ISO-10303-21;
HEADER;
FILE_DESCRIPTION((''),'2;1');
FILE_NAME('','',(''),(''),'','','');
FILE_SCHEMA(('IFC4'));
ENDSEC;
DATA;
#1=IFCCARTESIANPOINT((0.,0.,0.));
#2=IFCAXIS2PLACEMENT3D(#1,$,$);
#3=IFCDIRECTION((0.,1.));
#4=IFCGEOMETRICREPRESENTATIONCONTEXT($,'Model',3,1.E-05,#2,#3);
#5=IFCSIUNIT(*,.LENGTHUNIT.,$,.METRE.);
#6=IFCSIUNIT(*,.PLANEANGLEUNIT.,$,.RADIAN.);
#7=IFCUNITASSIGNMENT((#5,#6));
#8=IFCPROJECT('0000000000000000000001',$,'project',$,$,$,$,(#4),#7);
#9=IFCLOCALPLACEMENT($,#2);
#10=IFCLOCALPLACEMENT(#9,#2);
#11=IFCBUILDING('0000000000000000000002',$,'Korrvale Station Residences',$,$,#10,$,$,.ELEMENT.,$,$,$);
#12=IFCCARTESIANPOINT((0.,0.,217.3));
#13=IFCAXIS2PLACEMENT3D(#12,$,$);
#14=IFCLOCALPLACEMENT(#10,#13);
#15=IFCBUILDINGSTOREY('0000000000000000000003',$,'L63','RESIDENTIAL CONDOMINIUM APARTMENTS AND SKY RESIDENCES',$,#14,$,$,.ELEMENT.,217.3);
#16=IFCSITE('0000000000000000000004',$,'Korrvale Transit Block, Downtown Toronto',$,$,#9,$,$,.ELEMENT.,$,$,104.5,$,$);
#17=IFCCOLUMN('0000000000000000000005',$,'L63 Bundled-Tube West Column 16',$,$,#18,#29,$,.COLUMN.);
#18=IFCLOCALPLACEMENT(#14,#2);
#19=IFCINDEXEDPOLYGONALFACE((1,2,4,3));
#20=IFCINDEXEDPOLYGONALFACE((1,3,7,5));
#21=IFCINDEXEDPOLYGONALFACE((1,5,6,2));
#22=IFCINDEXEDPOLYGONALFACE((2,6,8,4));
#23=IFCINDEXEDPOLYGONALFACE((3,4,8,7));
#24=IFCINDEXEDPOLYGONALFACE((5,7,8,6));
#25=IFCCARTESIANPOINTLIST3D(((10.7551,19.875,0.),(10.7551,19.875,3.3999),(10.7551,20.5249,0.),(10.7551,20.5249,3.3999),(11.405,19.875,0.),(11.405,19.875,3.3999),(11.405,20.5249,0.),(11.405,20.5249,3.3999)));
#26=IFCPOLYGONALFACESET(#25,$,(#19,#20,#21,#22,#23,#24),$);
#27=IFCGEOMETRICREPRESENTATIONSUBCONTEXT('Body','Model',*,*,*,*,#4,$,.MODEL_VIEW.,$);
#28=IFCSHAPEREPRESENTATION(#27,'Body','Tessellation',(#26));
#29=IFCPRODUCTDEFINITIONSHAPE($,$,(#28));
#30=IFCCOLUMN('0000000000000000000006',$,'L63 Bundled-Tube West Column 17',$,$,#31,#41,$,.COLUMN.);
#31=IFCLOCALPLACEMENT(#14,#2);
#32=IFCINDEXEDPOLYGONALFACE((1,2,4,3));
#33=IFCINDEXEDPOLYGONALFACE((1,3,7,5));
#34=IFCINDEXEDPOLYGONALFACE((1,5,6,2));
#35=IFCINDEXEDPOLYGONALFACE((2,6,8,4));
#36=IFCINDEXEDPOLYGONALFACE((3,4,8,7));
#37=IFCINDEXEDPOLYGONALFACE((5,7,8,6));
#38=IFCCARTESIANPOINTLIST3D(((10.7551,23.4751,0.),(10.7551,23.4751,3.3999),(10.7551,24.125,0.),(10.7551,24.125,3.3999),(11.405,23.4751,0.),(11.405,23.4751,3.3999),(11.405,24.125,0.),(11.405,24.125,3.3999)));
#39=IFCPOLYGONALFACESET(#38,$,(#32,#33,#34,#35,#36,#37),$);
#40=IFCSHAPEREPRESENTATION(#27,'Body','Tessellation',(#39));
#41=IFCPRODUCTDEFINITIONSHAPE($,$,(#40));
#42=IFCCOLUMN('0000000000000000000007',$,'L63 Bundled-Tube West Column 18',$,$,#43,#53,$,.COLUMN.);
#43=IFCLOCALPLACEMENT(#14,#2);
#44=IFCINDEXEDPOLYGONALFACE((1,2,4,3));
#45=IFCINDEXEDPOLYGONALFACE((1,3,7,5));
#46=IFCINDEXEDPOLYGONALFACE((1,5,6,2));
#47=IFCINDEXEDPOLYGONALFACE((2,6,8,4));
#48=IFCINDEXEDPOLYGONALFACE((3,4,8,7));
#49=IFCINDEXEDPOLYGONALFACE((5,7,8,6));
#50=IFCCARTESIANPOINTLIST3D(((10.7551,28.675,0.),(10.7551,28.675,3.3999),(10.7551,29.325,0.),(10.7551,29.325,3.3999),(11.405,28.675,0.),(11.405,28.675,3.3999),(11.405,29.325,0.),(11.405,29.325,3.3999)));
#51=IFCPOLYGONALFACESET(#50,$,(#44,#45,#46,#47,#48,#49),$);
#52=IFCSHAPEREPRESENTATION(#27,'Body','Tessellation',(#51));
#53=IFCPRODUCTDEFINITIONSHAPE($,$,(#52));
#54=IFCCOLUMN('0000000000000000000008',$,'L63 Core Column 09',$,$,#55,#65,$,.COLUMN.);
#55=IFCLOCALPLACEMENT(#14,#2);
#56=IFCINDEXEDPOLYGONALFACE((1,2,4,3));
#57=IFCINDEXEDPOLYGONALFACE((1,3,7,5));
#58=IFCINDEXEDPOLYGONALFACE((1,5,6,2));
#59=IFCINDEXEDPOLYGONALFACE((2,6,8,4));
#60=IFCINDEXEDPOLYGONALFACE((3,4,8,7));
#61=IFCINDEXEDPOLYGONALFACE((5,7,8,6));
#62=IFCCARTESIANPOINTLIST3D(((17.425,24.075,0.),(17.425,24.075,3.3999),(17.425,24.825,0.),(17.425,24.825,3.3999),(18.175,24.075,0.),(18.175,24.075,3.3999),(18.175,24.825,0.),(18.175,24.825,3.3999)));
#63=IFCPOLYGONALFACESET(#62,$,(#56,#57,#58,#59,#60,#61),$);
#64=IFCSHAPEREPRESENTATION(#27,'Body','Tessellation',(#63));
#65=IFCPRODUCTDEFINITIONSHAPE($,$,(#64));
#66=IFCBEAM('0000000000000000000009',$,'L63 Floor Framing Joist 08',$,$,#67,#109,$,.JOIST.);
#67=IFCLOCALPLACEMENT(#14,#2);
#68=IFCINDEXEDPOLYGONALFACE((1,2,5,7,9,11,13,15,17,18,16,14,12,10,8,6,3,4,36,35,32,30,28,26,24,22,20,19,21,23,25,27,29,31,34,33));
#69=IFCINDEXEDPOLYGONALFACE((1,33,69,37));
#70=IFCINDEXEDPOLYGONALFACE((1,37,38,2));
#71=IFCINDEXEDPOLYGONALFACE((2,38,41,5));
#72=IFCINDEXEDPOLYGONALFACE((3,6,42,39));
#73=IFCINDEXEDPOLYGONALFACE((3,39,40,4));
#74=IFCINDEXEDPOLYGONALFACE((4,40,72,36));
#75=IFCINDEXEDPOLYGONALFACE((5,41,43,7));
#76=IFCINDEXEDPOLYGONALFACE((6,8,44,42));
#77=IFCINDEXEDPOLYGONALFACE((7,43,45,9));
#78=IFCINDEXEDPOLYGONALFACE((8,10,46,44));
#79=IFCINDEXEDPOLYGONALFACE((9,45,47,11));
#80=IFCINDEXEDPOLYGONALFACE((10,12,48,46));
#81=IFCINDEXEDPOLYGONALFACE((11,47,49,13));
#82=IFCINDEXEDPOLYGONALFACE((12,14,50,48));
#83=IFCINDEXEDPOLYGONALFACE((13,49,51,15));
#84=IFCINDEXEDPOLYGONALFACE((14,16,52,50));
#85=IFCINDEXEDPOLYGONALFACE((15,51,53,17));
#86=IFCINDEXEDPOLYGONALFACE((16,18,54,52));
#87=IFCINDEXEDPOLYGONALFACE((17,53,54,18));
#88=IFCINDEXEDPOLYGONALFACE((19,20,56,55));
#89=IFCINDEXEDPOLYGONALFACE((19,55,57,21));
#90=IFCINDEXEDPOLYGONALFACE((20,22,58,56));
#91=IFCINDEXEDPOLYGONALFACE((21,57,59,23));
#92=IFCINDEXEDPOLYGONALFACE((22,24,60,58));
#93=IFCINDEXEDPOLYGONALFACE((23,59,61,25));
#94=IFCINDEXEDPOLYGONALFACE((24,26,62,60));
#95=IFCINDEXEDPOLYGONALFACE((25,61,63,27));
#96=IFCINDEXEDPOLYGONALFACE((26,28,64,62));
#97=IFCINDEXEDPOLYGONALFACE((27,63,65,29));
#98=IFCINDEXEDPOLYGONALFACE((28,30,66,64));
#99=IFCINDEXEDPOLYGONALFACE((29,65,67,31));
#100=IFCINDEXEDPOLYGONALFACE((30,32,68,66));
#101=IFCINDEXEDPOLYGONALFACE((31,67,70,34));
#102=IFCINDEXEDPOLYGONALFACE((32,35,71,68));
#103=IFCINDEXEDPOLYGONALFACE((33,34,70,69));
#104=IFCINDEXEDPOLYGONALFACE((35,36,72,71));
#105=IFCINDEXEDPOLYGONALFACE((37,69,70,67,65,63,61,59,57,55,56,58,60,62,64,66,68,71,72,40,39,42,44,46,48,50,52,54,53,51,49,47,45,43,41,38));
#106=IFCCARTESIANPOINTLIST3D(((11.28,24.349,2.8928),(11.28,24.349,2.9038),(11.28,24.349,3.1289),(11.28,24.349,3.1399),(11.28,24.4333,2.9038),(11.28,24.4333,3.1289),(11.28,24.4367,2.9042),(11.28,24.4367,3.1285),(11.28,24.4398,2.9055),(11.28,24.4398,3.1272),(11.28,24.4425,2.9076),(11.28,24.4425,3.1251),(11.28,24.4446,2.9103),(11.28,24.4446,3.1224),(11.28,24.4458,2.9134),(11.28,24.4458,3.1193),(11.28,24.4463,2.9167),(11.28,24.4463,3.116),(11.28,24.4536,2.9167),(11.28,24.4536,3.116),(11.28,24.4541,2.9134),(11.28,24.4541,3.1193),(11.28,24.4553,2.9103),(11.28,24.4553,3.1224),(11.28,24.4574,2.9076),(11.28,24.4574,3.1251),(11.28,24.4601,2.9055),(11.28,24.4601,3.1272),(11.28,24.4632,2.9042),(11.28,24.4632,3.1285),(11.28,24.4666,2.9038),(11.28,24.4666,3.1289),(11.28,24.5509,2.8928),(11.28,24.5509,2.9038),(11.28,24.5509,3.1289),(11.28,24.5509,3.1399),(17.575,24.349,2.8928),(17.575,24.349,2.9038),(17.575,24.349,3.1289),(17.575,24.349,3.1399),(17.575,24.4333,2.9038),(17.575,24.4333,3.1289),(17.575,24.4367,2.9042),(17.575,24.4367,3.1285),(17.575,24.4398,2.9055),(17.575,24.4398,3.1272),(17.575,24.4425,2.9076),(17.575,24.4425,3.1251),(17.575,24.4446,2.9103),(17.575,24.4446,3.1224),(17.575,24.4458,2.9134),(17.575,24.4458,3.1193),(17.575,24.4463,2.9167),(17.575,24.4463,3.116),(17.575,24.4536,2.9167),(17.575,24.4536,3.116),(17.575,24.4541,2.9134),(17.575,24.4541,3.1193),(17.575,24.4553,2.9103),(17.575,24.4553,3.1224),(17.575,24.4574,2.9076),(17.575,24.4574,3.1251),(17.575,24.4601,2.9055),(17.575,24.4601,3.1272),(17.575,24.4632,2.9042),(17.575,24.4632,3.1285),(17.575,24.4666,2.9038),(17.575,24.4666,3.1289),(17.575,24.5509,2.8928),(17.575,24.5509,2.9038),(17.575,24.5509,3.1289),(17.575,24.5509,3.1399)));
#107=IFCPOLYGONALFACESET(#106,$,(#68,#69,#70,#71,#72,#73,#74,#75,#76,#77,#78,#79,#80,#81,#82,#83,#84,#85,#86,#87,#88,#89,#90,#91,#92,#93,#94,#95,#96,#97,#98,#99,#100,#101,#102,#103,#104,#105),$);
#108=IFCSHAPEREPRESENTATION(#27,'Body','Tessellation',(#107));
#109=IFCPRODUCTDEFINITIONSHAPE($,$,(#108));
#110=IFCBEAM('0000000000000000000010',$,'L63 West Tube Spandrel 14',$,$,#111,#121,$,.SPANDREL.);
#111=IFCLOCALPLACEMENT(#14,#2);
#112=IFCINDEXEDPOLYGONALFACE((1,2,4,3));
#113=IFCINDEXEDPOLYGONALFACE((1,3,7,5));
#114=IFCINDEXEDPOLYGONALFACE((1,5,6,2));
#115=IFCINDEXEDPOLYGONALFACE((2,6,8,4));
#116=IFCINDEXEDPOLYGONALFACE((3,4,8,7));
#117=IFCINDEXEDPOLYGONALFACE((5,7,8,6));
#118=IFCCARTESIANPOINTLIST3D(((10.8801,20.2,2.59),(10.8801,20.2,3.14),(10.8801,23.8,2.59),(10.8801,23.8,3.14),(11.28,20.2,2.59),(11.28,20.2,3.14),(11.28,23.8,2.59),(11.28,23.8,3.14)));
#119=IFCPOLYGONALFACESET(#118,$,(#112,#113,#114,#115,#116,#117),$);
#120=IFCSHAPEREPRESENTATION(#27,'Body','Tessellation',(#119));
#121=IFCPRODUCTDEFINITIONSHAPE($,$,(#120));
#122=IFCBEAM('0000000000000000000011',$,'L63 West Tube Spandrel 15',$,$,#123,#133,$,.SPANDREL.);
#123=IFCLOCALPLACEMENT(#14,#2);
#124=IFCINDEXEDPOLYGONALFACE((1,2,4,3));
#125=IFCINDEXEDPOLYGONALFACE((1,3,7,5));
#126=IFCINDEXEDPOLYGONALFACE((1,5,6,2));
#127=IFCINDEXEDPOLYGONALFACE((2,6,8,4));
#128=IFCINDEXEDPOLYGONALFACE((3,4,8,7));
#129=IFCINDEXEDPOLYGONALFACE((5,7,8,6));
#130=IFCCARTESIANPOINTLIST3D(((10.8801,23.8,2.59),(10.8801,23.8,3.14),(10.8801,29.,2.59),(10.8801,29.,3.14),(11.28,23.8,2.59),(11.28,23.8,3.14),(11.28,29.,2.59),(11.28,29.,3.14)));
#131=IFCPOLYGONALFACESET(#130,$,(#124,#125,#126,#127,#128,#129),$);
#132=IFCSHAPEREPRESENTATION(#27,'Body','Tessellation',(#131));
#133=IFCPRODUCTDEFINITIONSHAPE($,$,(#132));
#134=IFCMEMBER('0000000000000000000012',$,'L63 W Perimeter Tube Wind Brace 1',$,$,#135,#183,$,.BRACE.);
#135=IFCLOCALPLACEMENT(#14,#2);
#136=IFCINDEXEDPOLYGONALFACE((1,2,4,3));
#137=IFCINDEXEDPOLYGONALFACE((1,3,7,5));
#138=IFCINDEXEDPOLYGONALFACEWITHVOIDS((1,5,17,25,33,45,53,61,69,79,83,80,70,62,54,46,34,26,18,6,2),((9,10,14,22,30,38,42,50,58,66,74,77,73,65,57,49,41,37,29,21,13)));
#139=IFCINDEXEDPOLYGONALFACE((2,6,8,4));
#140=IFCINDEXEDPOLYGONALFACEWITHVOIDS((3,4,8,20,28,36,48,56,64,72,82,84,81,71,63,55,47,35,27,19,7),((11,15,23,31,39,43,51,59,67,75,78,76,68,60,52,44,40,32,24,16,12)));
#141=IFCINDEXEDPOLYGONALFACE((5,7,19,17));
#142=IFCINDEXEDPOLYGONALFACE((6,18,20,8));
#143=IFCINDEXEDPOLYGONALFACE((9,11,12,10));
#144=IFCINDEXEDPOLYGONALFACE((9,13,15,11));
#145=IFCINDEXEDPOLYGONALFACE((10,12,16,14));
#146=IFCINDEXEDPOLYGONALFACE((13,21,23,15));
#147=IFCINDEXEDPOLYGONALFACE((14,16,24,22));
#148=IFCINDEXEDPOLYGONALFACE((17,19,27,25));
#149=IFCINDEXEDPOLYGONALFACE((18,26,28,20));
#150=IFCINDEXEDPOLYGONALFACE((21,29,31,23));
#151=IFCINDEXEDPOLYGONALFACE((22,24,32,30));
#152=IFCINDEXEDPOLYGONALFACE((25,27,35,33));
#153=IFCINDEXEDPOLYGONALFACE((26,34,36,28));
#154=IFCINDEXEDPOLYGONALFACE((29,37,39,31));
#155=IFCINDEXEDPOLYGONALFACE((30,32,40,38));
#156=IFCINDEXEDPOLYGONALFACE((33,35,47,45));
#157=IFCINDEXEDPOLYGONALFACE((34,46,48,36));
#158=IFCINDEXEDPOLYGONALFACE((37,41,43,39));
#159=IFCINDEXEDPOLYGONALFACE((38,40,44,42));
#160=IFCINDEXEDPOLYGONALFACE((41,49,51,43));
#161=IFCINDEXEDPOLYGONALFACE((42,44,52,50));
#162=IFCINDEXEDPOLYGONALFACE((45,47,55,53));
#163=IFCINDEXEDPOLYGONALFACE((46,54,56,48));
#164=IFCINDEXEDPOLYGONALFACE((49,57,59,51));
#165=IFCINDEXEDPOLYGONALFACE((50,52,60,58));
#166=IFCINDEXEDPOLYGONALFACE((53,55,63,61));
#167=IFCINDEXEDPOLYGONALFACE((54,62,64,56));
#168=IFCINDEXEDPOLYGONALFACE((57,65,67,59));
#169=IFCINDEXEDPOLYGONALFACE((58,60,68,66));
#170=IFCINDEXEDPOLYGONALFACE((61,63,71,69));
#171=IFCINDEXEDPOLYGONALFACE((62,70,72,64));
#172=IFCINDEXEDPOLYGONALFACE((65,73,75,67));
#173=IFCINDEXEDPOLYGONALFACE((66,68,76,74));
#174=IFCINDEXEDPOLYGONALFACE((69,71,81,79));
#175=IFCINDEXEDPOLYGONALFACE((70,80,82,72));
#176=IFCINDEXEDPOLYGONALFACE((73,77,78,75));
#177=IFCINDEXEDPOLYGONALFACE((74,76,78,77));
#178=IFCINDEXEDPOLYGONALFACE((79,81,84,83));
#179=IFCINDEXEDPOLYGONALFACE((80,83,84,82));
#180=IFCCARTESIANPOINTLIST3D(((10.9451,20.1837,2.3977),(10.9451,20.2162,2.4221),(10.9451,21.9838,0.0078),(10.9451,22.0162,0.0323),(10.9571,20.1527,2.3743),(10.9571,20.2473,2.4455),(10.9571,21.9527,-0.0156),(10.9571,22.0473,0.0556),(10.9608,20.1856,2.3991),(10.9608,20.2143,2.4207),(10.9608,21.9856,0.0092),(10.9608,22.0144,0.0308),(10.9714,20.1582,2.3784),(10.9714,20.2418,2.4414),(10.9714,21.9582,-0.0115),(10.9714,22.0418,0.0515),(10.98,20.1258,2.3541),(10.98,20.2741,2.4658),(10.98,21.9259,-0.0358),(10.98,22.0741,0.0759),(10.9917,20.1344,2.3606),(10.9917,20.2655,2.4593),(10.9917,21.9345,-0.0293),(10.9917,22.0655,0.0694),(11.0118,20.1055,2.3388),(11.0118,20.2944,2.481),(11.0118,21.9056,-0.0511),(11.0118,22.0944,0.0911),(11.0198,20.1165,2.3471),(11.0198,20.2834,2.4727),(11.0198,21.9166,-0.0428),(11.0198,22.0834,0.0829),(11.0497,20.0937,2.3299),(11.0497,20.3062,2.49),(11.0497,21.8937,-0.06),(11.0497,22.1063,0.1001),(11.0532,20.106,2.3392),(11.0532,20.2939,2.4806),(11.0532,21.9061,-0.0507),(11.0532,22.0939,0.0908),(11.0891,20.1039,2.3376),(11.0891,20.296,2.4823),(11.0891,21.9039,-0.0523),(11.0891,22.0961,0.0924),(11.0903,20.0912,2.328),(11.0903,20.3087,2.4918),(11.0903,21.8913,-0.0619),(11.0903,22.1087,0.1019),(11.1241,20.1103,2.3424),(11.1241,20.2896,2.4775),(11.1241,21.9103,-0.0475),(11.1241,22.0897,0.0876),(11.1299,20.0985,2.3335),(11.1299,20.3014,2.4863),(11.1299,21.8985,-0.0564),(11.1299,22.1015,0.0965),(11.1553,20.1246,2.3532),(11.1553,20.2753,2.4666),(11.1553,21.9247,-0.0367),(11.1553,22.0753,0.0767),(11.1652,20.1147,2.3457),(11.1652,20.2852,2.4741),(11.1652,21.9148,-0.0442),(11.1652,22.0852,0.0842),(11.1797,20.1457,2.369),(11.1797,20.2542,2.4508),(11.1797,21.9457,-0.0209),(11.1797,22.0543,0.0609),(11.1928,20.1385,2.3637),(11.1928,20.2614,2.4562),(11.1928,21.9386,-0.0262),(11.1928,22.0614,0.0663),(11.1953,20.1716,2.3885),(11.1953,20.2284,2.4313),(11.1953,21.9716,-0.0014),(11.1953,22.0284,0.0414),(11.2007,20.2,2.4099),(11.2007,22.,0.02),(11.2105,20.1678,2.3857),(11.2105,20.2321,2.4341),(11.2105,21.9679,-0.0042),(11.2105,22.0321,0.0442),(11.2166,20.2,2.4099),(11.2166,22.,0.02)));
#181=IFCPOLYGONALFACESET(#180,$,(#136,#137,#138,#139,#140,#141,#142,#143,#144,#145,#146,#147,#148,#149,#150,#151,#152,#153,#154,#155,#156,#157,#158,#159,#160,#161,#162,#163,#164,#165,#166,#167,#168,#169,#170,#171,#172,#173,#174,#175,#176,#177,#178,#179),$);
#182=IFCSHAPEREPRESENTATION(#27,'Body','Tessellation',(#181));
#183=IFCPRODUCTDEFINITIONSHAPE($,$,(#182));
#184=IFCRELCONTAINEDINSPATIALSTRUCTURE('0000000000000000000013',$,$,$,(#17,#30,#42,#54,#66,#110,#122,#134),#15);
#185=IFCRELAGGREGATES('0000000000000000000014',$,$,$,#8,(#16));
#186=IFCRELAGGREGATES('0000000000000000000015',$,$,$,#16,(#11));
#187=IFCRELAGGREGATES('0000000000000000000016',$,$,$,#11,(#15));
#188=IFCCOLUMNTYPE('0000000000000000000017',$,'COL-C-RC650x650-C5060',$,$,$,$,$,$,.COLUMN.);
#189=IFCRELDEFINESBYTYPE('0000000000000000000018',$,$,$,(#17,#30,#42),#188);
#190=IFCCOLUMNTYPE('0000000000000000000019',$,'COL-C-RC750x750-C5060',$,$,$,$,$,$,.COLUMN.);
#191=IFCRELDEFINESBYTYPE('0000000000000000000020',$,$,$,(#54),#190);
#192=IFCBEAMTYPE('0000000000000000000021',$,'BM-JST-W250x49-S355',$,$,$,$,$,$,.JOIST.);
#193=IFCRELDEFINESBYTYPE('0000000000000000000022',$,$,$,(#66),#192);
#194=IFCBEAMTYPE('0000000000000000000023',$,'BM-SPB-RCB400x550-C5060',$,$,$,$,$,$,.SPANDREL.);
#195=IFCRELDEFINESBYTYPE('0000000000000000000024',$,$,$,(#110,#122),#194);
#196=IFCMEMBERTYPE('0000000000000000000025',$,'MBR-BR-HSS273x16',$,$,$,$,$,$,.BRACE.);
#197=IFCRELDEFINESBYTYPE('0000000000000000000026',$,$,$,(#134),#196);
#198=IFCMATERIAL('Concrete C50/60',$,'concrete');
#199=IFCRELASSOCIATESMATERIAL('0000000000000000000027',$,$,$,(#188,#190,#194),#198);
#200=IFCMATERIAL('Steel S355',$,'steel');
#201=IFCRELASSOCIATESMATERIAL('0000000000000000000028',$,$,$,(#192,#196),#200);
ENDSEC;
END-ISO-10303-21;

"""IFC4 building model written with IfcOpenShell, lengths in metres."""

from ifc_helpers import new_model, si_unit, direction, frame, origin, origin_2d, place, context, subcontext, project, spatial, rectangle, hollow_circle, i_section, extrude, material, material_profile, profile_set, type_object, element, save


model = new_model("IFC4")

# Units and contexts
model_context = context("Model", 3, precision=1e-05, world=origin(), true_north=direction((0.0, 1.0)))
body_context = subcontext(model_context, "Body", "Model", "MODEL_VIEW")
ifc_project = project(units=[si_unit("LENGTHUNIT", "METRE"), si_unit("PLANEANGLEUNIT", "RADIAN")], contexts=[model_context])

# Site, building, storey
site_placement = place(None, origin())
site = spatial("IfcSite", under=ifc_project, at=site_placement, Name="Korrvale Transit Block, Downtown Toronto", CompositionType="ELEMENT", RefElevation=104.5)
building_placement = place(site_placement, origin())
building = spatial("IfcBuilding", under=site, at=building_placement, Name="Korrvale Station Residences", CompositionType="ELEMENT")
storey_placement = place(building_placement, frame((0.0, 0.0, 217.3)))
storey = spatial("IfcBuildingStorey", under=building, at=storey_placement, Name="L63", Description="RESIDENTIAL CONDOMINIUM APARTMENTS AND SKY RESIDENCES", CompositionType="ELEMENT", Elevation=217.3)

# Columns
ifc_material_1 = material(Name="Concrete C50/60", Category="concrete")
ifc_material_profile_1 = material_profile(ifc_material_1, rectangle(XDim=0.6499, YDim=0.6499, at=origin_2d()), Name="RC650x650")
ifc_profile_set_1 = profile_set([ifc_material_profile_1], Name="Concrete C50/60")
column_type_1 = type_object("IfcColumnType", Name="COL-C-RC650x650-C5060", PredefinedType="COLUMN", material=ifc_profile_set_1)
for number, where, z_axis, x_axis, name in (
    (1, (11.0801, 20.2, 0.0), (0.0, 0.0, 1.0), (1.0, 0.0, 0.0), "L63 Bundled-Tube West Column 16"),
    (2, (11.0801, 23.8, 0.0), (0.0, 0.0, 1.0), (1.0, 0.0, 0.0), "L63 Bundled-Tube West Column 17"),
    (3, (11.0801, 29.0, 0.0), (0.0, 0.0, 1.0), (1.0, 0.0, 0.0), "L63 Bundled-Tube West Column 18"),
):
    element("IfcColumn", number, at=place(storey_placement, frame(where, z_axis=z_axis, x_axis=x_axis)), inside=storey, type_object=column_type_1, Name=name, PredefinedType="COLUMN", context=body_context, shape_type="SweptSolid", body=[
        extrude(rectangle(XDim=0.6499, YDim=0.6499, at=origin_2d()), origin(), (0.0, 0.0, 1.0), 3.3999),
    ])
ifc_material_profile_2 = material_profile(ifc_material_1, rectangle(XDim=0.75, YDim=0.75, at=origin_2d()), Name="RC750x750")
ifc_profile_set_2 = profile_set([ifc_material_profile_2], Name="Concrete C50/60")
column_type_2 = type_object("IfcColumnType", Name="COL-C-RC750x750-C5060", PredefinedType="COLUMN", material=ifc_profile_set_2)
column_placement = place(storey_placement, frame((17.8, 24.45, 0.0), z_axis=(0.0, 0.0, 1.0), x_axis=(1.0, 0.0, 0.0)))
element("IfcColumn", 4, at=column_placement, inside=storey, type_object=column_type_2, Name="L63 Core Column 09", PredefinedType="COLUMN", context=body_context, shape_type="SweptSolid", body=[
    extrude(rectangle(XDim=0.75, YDim=0.75, at=origin_2d()), origin(), (0.0, 0.0, 1.0), 3.3999),
])

# Beams
ifc_material_2 = material(Name="Steel S355", Category="steel")
ifc_material_profile_3 = material_profile(ifc_material_2, i_section(OverallWidth=0.2019, OverallDepth=0.2471, WebThickness=0.0073, FlangeThickness=0.011, FilletRadius=0.0129, at=origin_2d()), Name="W250x49")
ifc_profile_set_3 = profile_set([ifc_material_profile_3], Name="Steel S355")
beam_type_1 = type_object("IfcBeamType", Name="BM-JST-W250x49-S355", PredefinedType="JOIST", material=ifc_profile_set_3)
beam_1_placement = place(storey_placement, frame((11.28, 24.45, 3.0164), z_axis=(1.0, 0.0, 0.0), x_axis=(0.0, 1.0, 0.0)))
element("IfcBeam", 5, at=beam_1_placement, inside=storey, type_object=beam_type_1, Name="L63 Floor Framing Joist 08", PredefinedType="JOIST", context=body_context, shape_type="SweptSolid", body=[
    extrude(i_section(OverallWidth=0.2019, OverallDepth=0.2471, WebThickness=0.0073, FlangeThickness=0.011, FilletRadius=0.0129, at=origin_2d()), origin(), (0.0, 0.0, 1.0), 6.2949),
])
ifc_material_profile_4 = material_profile(ifc_material_1, rectangle(XDim=0.3999, YDim=0.55, at=origin_2d()), Name="RCB400x550")
ifc_profile_set_4 = profile_set([ifc_material_profile_4], Name="Concrete C50/60")
beam_type_2 = type_object("IfcBeamType", Name="BM-SPB-RCB400x550-C5060", PredefinedType="SPANDREL", material=ifc_profile_set_4)
beam_2_placement = place(storey_placement, frame((11.0801, 20.2, 2.865), z_axis=(0.0, 1.0, 0.0), x_axis=(-1.0, 0.0, 0.0)))
element("IfcBeam", 6, at=beam_2_placement, inside=storey, type_object=beam_type_2, Name="L63 West Tube Spandrel 14", PredefinedType="SPANDREL", context=body_context, shape_type="SweptSolid", body=[
    extrude(rectangle(XDim=0.3999, YDim=0.55, at=origin_2d()), origin(), (0.0, 0.0, 1.0), 3.6001),
])
beam_3_placement = place(storey_placement, frame((11.0801, 23.8, 2.865), z_axis=(0.0, 1.0, 0.0), x_axis=(-1.0, 0.0, 0.0)))
element("IfcBeam", 7, at=beam_3_placement, inside=storey, type_object=beam_type_2, Name="L63 West Tube Spandrel 15", PredefinedType="SPANDREL", context=body_context, shape_type="SweptSolid", body=[
    extrude(rectangle(XDim=0.3999, YDim=0.55, at=origin_2d()), origin(), (0.0, 0.0, 1.0), 5.2),
])

# Member
ifc_material_profile_5 = material_profile(ifc_material_2, hollow_circle(Radius=0.1365, WallThickness=0.0159, at=origin_2d()), Name="HSS273x16")
ifc_profile_set_5 = profile_set([ifc_material_profile_5], Name="Steel S355")
member_type = type_object("IfcMemberType", Name="MBR-BR-HSS273x16", PredefinedType="BRACE", material=ifc_profile_set_5)
for number, where, z_axis, x_axis, name in (
    (8, (11.0801, 22.0, 0.02), (0.0, -0.601631, 0.798774), (1.0, 0.0, 0.0), "L63 W Perimeter Tube Wind Brace 1"),
):
    element("IfcMember", number, at=place(storey_placement, frame(where, z_axis=z_axis, x_axis=x_axis)), inside=storey, type_object=member_type, Name=name, PredefinedType="BRACE", context=body_context, shape_type="SweptSolid", body=[
        extrude(hollow_circle(Radius=0.1365, WallThickness=0.0159, at=origin_2d()), origin(), (0.0, 0.0, 1.0), 2.9919),
    ])

save(model, "model.ifc")
